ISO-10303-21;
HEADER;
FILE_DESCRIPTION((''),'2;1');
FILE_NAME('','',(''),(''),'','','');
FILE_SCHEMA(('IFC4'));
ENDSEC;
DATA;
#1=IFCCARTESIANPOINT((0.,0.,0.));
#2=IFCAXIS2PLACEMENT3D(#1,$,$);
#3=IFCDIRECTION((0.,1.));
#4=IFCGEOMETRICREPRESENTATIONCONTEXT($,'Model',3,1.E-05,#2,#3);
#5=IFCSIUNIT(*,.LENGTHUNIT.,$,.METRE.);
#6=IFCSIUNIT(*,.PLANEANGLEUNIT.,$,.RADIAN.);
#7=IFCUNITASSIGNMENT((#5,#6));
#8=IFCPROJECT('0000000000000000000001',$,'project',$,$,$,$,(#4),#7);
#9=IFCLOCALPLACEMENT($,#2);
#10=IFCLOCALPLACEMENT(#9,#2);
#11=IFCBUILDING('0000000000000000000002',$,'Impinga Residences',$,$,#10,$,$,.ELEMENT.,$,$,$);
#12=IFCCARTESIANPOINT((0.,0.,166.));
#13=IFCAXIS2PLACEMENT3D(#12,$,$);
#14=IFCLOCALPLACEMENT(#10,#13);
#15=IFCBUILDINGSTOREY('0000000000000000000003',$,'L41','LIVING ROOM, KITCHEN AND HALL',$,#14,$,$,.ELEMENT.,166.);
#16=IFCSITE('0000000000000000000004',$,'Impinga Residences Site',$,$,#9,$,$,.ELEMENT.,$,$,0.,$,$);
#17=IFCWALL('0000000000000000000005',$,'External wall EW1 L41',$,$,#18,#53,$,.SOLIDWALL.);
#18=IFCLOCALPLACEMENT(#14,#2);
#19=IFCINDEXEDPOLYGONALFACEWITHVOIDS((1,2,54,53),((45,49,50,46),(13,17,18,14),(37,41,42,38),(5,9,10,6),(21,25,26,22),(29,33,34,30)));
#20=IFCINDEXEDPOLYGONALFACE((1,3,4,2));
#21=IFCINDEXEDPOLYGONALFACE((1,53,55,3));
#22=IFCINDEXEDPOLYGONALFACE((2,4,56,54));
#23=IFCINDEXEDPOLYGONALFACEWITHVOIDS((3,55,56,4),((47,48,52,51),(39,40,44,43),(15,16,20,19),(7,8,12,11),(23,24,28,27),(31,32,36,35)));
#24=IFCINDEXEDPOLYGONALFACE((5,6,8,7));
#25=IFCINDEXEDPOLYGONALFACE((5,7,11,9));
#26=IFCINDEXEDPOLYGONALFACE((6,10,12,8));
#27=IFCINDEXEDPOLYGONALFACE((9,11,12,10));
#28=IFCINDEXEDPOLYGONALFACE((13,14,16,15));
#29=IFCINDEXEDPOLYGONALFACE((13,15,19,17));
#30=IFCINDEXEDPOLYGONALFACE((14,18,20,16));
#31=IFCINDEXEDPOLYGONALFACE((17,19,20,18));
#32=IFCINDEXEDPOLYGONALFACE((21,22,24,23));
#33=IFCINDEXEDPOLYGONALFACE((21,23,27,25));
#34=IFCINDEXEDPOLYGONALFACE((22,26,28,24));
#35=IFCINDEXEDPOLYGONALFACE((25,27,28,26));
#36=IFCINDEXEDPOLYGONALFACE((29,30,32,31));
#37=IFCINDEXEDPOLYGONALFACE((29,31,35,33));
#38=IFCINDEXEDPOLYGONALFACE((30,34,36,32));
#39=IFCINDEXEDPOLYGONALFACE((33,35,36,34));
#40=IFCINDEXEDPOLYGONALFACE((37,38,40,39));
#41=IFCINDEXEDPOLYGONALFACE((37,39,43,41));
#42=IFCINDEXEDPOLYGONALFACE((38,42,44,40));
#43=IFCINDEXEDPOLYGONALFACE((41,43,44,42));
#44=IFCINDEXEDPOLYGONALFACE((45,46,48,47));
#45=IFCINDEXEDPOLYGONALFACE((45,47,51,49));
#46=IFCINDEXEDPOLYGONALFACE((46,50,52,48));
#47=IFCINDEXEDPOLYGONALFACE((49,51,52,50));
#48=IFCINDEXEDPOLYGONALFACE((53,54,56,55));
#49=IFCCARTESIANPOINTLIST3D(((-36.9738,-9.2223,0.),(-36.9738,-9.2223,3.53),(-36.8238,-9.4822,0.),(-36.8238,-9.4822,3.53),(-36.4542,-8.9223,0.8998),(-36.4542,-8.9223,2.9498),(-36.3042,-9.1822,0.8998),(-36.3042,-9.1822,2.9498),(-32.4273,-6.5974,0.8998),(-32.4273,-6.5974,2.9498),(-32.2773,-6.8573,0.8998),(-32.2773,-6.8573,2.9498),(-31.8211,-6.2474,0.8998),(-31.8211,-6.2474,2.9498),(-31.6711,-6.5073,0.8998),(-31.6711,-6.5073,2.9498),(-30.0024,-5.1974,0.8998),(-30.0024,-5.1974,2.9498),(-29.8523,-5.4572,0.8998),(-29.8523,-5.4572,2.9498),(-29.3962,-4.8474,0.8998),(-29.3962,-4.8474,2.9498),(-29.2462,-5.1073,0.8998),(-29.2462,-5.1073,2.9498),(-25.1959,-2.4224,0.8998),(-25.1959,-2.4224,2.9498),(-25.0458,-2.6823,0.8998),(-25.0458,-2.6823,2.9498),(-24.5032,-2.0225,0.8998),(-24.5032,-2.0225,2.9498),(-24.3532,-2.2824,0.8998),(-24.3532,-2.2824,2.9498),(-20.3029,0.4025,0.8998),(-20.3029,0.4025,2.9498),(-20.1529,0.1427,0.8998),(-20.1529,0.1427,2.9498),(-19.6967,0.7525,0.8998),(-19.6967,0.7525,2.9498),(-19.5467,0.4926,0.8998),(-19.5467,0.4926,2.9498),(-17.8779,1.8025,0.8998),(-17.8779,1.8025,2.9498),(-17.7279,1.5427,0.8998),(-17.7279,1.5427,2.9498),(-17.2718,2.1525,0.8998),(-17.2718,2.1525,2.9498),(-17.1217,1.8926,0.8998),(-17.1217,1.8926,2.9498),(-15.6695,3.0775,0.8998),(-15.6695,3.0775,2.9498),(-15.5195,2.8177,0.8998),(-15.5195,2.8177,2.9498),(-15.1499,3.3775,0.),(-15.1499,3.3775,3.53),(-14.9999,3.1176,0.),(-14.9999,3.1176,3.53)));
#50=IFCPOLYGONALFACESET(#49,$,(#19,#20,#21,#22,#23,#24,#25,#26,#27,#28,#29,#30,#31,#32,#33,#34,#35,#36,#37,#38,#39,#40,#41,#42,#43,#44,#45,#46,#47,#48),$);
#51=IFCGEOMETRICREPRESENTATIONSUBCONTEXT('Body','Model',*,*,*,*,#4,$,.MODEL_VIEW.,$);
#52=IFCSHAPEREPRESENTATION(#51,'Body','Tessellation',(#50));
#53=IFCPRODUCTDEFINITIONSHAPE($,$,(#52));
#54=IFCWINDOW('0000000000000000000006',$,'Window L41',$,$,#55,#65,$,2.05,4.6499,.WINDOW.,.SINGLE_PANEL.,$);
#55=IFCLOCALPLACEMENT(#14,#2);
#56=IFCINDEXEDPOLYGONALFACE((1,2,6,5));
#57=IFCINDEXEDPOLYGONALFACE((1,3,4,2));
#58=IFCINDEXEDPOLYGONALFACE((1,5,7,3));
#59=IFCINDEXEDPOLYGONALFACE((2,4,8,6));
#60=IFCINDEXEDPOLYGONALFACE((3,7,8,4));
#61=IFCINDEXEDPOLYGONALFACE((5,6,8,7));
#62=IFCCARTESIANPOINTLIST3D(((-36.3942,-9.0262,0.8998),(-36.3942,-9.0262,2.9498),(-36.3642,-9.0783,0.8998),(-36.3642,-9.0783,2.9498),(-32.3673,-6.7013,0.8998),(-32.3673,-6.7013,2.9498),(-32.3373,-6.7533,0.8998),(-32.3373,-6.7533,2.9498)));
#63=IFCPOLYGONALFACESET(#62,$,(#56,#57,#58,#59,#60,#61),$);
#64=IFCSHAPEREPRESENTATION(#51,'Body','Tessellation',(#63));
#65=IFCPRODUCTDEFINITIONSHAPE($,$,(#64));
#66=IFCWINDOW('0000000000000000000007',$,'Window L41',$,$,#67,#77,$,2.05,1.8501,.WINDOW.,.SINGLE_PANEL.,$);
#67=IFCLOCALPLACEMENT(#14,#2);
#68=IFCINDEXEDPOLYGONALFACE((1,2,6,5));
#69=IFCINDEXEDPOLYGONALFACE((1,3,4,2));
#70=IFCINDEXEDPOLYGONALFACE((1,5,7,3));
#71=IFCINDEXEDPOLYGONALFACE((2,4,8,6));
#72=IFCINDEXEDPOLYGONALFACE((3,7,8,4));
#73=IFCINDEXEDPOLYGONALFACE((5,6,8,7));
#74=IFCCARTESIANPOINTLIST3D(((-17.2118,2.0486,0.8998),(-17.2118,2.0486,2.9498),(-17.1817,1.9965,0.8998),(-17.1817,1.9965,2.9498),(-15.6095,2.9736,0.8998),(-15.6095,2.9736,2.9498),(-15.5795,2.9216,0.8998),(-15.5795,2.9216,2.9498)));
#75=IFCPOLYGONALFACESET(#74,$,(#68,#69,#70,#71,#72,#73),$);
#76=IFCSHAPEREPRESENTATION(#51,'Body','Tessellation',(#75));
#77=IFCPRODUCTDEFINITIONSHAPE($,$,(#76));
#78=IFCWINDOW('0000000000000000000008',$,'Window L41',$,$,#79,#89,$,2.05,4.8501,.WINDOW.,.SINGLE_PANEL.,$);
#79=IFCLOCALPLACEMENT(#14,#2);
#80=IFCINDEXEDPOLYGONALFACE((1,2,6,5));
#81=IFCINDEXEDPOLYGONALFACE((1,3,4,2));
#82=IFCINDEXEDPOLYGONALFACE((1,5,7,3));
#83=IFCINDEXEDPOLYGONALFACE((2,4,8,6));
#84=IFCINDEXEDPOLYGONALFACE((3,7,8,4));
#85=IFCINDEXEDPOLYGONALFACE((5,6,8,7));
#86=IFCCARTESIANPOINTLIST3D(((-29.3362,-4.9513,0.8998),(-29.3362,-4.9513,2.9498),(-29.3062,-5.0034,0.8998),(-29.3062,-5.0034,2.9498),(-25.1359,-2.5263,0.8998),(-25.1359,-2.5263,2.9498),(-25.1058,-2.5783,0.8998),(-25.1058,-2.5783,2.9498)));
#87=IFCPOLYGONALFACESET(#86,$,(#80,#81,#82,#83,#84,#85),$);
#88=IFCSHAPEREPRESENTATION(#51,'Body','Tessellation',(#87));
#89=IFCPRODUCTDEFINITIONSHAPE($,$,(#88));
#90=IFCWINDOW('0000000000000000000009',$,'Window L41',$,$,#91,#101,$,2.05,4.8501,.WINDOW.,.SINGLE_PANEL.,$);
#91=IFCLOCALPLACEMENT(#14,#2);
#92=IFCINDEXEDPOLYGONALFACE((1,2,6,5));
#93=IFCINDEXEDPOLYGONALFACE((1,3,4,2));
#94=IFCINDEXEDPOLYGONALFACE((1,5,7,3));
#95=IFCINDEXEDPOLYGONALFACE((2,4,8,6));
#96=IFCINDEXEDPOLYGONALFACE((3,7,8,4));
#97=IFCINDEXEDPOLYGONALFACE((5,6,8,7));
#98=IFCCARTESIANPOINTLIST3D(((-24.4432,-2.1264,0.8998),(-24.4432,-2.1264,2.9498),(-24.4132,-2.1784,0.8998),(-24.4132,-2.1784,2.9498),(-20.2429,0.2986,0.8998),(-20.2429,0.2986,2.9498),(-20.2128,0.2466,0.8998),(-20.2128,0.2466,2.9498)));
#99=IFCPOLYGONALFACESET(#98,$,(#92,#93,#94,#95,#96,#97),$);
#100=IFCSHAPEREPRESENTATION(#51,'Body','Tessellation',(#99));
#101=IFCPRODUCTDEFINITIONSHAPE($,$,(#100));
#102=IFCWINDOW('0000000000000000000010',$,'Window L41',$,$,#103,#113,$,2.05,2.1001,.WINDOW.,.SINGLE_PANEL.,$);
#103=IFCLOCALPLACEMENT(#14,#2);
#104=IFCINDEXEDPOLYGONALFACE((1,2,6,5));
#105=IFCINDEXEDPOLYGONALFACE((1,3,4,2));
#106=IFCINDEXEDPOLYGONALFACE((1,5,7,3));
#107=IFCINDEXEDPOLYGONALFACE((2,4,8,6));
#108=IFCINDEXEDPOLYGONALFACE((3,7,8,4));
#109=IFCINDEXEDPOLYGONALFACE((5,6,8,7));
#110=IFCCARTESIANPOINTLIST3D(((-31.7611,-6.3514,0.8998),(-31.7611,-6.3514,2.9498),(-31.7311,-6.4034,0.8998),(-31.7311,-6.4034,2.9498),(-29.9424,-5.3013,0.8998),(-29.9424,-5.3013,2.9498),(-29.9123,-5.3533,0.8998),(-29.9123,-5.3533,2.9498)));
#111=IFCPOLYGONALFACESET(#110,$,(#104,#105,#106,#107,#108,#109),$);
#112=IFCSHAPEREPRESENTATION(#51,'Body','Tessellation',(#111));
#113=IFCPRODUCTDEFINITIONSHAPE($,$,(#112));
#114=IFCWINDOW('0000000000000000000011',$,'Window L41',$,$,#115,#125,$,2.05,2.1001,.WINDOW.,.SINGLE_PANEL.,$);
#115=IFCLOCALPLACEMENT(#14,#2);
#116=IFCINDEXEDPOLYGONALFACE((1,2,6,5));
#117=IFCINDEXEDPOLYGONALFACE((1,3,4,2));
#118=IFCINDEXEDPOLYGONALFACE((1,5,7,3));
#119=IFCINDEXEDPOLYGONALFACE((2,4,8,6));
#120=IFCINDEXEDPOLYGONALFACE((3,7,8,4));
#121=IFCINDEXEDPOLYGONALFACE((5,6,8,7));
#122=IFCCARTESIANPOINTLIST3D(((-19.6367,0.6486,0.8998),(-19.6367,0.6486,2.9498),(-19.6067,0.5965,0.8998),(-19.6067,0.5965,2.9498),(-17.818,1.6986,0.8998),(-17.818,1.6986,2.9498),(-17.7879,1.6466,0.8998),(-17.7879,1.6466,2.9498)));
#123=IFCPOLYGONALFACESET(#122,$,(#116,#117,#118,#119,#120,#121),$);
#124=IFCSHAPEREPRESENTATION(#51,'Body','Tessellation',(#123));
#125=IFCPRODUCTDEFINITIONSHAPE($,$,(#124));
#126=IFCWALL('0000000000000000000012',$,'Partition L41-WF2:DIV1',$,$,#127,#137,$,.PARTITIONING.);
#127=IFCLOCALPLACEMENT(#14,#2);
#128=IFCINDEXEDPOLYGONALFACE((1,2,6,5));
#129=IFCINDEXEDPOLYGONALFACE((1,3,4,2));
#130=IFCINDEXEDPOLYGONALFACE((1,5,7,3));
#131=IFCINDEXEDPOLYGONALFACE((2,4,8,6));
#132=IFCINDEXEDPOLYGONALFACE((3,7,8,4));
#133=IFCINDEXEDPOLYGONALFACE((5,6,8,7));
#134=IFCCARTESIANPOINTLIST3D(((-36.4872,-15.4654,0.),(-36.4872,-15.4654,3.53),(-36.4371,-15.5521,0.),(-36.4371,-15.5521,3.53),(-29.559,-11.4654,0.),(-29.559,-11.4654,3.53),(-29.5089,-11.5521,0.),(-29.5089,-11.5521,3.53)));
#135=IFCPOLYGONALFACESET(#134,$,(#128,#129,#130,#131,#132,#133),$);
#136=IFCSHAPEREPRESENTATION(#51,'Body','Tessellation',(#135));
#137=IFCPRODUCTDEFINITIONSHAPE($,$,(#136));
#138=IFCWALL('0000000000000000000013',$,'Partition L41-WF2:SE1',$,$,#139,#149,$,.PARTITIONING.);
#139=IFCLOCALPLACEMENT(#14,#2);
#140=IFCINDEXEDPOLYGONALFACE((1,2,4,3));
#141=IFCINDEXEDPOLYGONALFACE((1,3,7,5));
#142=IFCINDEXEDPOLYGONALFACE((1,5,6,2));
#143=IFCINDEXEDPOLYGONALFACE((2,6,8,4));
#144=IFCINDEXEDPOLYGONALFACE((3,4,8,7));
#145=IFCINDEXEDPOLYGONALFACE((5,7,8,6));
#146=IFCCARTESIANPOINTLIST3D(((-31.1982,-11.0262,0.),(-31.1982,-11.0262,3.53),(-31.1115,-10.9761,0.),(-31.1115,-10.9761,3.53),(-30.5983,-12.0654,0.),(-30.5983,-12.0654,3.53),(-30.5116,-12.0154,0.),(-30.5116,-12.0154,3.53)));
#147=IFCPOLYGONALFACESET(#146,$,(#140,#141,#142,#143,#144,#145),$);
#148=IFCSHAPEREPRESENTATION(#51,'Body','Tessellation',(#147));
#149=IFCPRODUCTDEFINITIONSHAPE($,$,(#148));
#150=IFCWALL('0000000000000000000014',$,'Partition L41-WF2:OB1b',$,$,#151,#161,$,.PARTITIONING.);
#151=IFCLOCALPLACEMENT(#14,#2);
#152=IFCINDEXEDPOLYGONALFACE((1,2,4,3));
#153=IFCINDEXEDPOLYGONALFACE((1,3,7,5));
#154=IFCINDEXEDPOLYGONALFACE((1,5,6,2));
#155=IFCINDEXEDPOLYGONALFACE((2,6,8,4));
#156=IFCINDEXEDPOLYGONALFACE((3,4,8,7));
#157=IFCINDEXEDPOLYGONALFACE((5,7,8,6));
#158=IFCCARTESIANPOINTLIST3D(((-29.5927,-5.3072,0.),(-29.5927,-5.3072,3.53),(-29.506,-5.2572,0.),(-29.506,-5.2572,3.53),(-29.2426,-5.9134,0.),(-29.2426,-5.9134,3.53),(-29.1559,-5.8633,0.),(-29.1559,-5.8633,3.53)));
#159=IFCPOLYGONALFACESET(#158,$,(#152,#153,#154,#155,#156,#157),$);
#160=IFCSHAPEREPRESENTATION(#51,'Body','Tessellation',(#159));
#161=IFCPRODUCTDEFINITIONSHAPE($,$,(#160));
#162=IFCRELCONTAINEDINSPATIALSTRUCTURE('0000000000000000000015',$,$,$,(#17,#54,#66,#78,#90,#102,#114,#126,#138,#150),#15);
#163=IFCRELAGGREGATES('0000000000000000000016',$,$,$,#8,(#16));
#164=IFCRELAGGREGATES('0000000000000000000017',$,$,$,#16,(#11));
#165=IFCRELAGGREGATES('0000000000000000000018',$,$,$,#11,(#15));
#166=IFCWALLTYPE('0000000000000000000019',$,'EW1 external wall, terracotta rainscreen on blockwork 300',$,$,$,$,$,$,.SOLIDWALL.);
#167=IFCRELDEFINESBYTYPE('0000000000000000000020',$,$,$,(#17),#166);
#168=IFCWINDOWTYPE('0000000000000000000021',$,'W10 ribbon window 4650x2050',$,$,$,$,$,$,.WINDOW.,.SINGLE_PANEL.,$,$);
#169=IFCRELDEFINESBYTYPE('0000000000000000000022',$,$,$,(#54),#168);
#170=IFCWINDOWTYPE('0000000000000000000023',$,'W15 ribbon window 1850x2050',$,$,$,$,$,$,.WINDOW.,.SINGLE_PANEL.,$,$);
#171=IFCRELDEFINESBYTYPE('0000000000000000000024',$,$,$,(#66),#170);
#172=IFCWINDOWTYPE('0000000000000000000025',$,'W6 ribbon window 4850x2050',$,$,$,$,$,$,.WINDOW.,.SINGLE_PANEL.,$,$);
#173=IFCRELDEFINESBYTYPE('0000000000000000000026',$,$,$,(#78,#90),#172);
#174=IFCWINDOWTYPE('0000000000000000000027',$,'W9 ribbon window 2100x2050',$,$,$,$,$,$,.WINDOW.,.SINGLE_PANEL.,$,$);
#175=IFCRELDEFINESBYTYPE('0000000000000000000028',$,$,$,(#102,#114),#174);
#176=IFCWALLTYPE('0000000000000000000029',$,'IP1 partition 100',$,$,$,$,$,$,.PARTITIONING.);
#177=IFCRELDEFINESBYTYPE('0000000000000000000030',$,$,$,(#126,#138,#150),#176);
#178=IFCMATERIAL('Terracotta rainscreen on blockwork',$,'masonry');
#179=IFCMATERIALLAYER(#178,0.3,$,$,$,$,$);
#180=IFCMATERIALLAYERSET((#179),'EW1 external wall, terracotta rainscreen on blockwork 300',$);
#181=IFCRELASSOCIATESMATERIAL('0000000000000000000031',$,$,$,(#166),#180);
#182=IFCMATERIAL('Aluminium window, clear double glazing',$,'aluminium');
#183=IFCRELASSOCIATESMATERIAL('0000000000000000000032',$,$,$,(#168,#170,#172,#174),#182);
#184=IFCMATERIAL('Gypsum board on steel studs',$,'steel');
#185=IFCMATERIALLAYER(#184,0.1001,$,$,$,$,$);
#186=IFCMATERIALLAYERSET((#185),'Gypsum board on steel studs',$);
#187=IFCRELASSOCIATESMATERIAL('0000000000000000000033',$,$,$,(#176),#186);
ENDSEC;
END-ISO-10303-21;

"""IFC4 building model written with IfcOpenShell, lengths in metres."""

from ifc_helpers import new_model, si_unit, direction, frame, frame_2d, origin, place, context, subcontext, project, spatial, rectangle, extrude, material, layer, layer_set, type_object, element, fill, save


model = new_model("IFC4")

# Units and contexts
model_context = context("Model", 3, precision=1e-05, world=origin(), true_north=direction((0.0, 1.0)))
body_context = subcontext(model_context, "Body", "Model", "MODEL_VIEW")
ifc_project = project(units=[si_unit("LENGTHUNIT", "METRE"), si_unit("PLANEANGLEUNIT", "RADIAN")], contexts=[model_context])

# Site, building, storey
site_placement = place(None, origin())
site = spatial("IfcSite", under=ifc_project, at=site_placement, Name="Impinga Residences Site", CompositionType="ELEMENT", RefElevation=0.0)
building_placement = place(site_placement, origin())
building = spatial("IfcBuilding", under=site, at=building_placement, Name="Impinga Residences", CompositionType="ELEMENT")
storey_placement = place(building_placement, frame((0.0, 0.0, 166.0)))
storey = spatial("IfcBuildingStorey", under=building, at=storey_placement, Name="L41", Description="LIVING ROOM, KITCHEN AND HALL", CompositionType="ELEMENT", Elevation=166.0)

# Shared definitions
ifc_material_1 = material(Name="Terracotta rainscreen on blockwork", Category="masonry")
ifc_layer_1 = layer(ifc_material_1, 0.3)
ifc_layer_set_1 = layer_set([ifc_layer_1], Name="EW1 external wall, terracotta rainscreen on blockwork 300")
wall_type_1 = type_object("IfcWallType", Name="EW1 external wall, terracotta rainscreen on blockwork 300", PredefinedType="SOLIDWALL", material=ifc_layer_set_1)

# Wall, openings, windows
wall_1_placement = place(storey_placement, frame((-36.8989, -9.3523, 0.0), z_axis=(0.0, 0.0, 1.0), x_axis=(0.866029, 0.499993, 0.0)))
wall_1 = element("IfcWall", 1, at=wall_1_placement, inside=storey, type_object=wall_type_1, Name="External wall EW1 L41", PredefinedType="SOLIDWALL", context=body_context, shape_type="SweptSolid", body=[
    extrude(rectangle(XDim=25.2, YDim=0.3, at=frame_2d((12.6001, 0.0))), origin(), (0.0, 0.0, 1.0), 3.53),
])
opening_1_placement = place(wall_1_placement, frame((0.6001, 0.0, 0.8999)))
opening_1 = element("IfcOpeningElement", 2, at=opening_1_placement, cuts=wall_1, PredefinedType="OPENING", context=body_context, shape_type="SweptSolid", body=[
    extrude(rectangle(XDim=4.6499, YDim=2.05, at=frame_2d((2.325, 1.0249))), frame((0.0, 0.1599, 0.0), z_axis=(0.0, -1.0, 0.0), x_axis=(1.0, 0.0, 0.0)), (0.0, 0.0, 1.0), 0.3201),
])
opening_2_placement = place(wall_1_placement, frame((5.95, 0.0, 0.8999)))
opening_2 = element("IfcOpeningElement", 3, at=opening_2_placement, cuts=wall_1, PredefinedType="OPENING", context=body_context, shape_type="SweptSolid", body=[
    extrude(rectangle(XDim=2.1001, YDim=2.05, at=frame_2d((1.05, 1.0249))), frame((0.0, 0.1599, 0.0), z_axis=(0.0, -1.0, 0.0), x_axis=(1.0, 0.0, 0.0)), (0.0, 0.0, 1.0), 0.3201),
])
opening_3_placement = place(wall_1_placement, frame((8.75, 0.0, 0.8999)))
opening_3 = element("IfcOpeningElement", 4, at=opening_3_placement, cuts=wall_1, PredefinedType="OPENING", context=body_context, shape_type="SweptSolid", body=[
    extrude(rectangle(XDim=4.8501, YDim=2.05, at=frame_2d((2.425, 1.0249))), frame((0.0, 0.1599, 0.0), z_axis=(0.0, -1.0, 0.0), x_axis=(1.0, 0.0, 0.0)), (0.0, 0.0, 1.0), 0.3201),
])
opening_4_placement = place(wall_1_placement, frame((14.3999, 0.0, 0.8999)))
opening_4 = element("IfcOpeningElement", 5, at=opening_4_placement, cuts=wall_1, PredefinedType="OPENING", context=body_context, shape_type="SweptSolid", body=[
    extrude(rectangle(XDim=4.8501, YDim=2.05, at=frame_2d((2.425, 1.0249))), frame((0.0, 0.1599, 0.0), z_axis=(0.0, -1.0, 0.0), x_axis=(1.0, 0.0, 0.0)), (0.0, 0.0, 1.0), 0.3201),
])
opening_5_placement = place(wall_1_placement, frame((19.95, 0.0, 0.8999)))
opening_5 = element("IfcOpeningElement", 6, at=opening_5_placement, cuts=wall_1, PredefinedType="OPENING", context=body_context, shape_type="SweptSolid", body=[
    extrude(rectangle(XDim=2.1001, YDim=2.05, at=frame_2d((1.05, 1.0249))), frame((0.0, 0.1599, 0.0), z_axis=(0.0, -1.0, 0.0), x_axis=(1.0, 0.0, 0.0)), (0.0, 0.0, 1.0), 0.3201),
])
opening_6_placement = place(wall_1_placement, frame((22.75, 0.0, 0.8999)))
opening_6 = element("IfcOpeningElement", 7, at=opening_6_placement, cuts=wall_1, PredefinedType="OPENING", context=body_context, shape_type="SweptSolid", body=[
    extrude(rectangle(XDim=1.8501, YDim=2.05, at=frame_2d((0.925, 1.0249))), frame((0.0, 0.1599, 0.0), z_axis=(0.0, -1.0, 0.0), x_axis=(1.0, 0.0, 0.0)), (0.0, 0.0, 1.0), 0.3201),
])
ifc_material_2 = material(Name="Aluminium window, clear double glazing", Category="aluminium")
window_type_1 = type_object("IfcWindowType", Name="W10 ribbon window 4650x2050", PartitioningType="SINGLE_PANEL", PredefinedType="WINDOW", material=ifc_material_2)
window_1_placement = place(opening_1_placement, origin())
window_1 = element("IfcWindow", 8, at=window_1_placement, inside=storey, type_object=window_type_1, Name="Window L41", OverallHeight=2.05, OverallWidth=4.6499, PartitioningType="SINGLE_PANEL", PredefinedType="WINDOW", context=body_context, shape_type="SweptSolid", body=[
    extrude(rectangle(XDim=4.6499, YDim=2.05, at=frame_2d((2.325, 1.0249))), frame((0.0, 0.03, 0.0), z_axis=(0.0, -1.0, 0.0), x_axis=(1.0, 0.0, 0.0)), (0.0, 0.0, 1.0), 0.0601),
])
fill(opening_1, window_1)
window_type_2 = type_object("IfcWindowType", Name="W15 ribbon window 1850x2050", PartitioningType="SINGLE_PANEL", PredefinedType="WINDOW", material=ifc_material_2)
window_2_placement = place(opening_6_placement, origin())
window_2 = element("IfcWindow", 9, at=window_2_placement, inside=storey, type_object=window_type_2, Name="Window L41", OverallHeight=2.05, OverallWidth=1.8501, PartitioningType="SINGLE_PANEL", PredefinedType="WINDOW", context=body_context, shape_type="SweptSolid", body=[
    extrude(rectangle(XDim=1.8501, YDim=2.05, at=frame_2d((0.925, 1.0249))), frame((0.0, 0.03, 0.0), z_axis=(0.0, -1.0, 0.0), x_axis=(1.0, 0.0, 0.0)), (0.0, 0.0, 1.0), 0.0601),
])
fill(opening_6, window_2)
window_type_3 = type_object("IfcWindowType", Name="W6 ribbon window 4850x2050", PartitioningType="SINGLE_PANEL", PredefinedType="WINDOW", material=ifc_material_2)
window_3_placement = place(opening_3_placement, origin())
window_3 = element("IfcWindow", 10, at=window_3_placement, inside=storey, type_object=window_type_3, Name="Window L41", OverallHeight=2.05, OverallWidth=4.8501, PartitioningType="SINGLE_PANEL", PredefinedType="WINDOW", context=body_context, shape_type="SweptSolid", body=[
    extrude(rectangle(XDim=4.8501, YDim=2.05, at=frame_2d((2.425, 1.0249))), frame((0.0, 0.03, 0.0), z_axis=(0.0, -1.0, 0.0), x_axis=(1.0, 0.0, 0.0)), (0.0, 0.0, 1.0), 0.0601),
])
fill(opening_3, window_3)
window_4_placement = place(opening_4_placement, origin())
window_4 = element("IfcWindow", 11, at=window_4_placement, inside=storey, type_object=window_type_3, Name="Window L41", OverallHeight=2.05, OverallWidth=4.8501, PartitioningType="SINGLE_PANEL", PredefinedType="WINDOW", context=body_context, shape_type="SweptSolid", body=[
    extrude(rectangle(XDim=4.8501, YDim=2.05, at=frame_2d((2.425, 1.0249))), frame((0.0, 0.03, 0.0), z_axis=(0.0, -1.0, 0.0), x_axis=(1.0, 0.0, 0.0)), (0.0, 0.0, 1.0), 0.0601),
])
fill(opening_4, window_4)
window_type_4 = type_object("IfcWindowType", Name="W9 ribbon window 2100x2050", PartitioningType="SINGLE_PANEL", PredefinedType="WINDOW", material=ifc_material_2)
window_5_placement = place(opening_2_placement, origin())
window_5 = element("IfcWindow", 12, at=window_5_placement, inside=storey, type_object=window_type_4, Name="Window L41", OverallHeight=2.05, OverallWidth=2.1001, PartitioningType="SINGLE_PANEL", PredefinedType="WINDOW", context=body_context, shape_type="SweptSolid", body=[
    extrude(rectangle(XDim=2.1001, YDim=2.05, at=frame_2d((1.05, 1.0249))), frame((0.0, 0.03, 0.0), z_axis=(0.0, -1.0, 0.0), x_axis=(1.0, 0.0, 0.0)), (0.0, 0.0, 1.0), 0.0601),
])
fill(opening_2, window_5)
window_6_placement = place(opening_5_placement, origin())
window_6 = element("IfcWindow", 13, at=window_6_placement, inside=storey, type_object=window_type_4, Name="Window L41", OverallHeight=2.05, OverallWidth=2.1001, PartitioningType="SINGLE_PANEL", PredefinedType="WINDOW", context=body_context, shape_type="SweptSolid", body=[
    extrude(rectangle(XDim=2.1001, YDim=2.05, at=frame_2d((1.05, 1.0249))), frame((0.0, 0.03, 0.0), z_axis=(0.0, -1.0, 0.0), x_axis=(1.0, 0.0, 0.0)), (0.0, 0.0, 1.0), 0.0601),
])
fill(opening_5, window_6)

# Walls
ifc_material_3 = material(Name="Gypsum board on steel studs", Category="steel")
ifc_layer_2 = layer(ifc_material_3, 0.1001)
ifc_layer_set_2 = layer_set([ifc_layer_2], Name="Gypsum board on steel studs")
wall_type_2 = type_object("IfcWallType", Name="IP1 partition 100", PredefinedType="PARTITIONING", material=ifc_layer_set_2)
wall_2_placement = place(storey_placement, frame((-29.5339, -11.5088, 0.0), z_axis=(0.0, 0.0, 1.0), x_axis=(-0.866026, -0.499999, 0.0)))
element("IfcWall", 14, at=wall_2_placement, inside=storey, type_object=wall_type_2, Name="Partition L41-WF2:DIV1", PredefinedType="PARTITIONING", context=body_context, shape_type="SweptSolid", body=[
    extrude(rectangle(XDim=8.0, YDim=0.1001, at=frame_2d((4.0, 0.0))), origin(), (0.0, 0.0, 1.0), 3.53),
])
wall_3_placement = place(storey_placement, frame((-30.5549, -12.0405, 0.0), z_axis=(0.0, 0.0, 1.0), x_axis=(-0.499881, 0.866094, 0.0)))
element("IfcWall", 15, at=wall_3_placement, inside=storey, type_object=wall_type_2, Name="Partition L41-WF2:SE1", PredefinedType="PARTITIONING", context=body_context, shape_type="SweptSolid", body=[
    extrude(rectangle(XDim=1.2, YDim=0.1001, at=frame_2d((0.6001, 0.0))), origin(), (0.0, 0.0, 1.0), 3.53),
])
wall_4_placement = place(storey_placement, frame((-29.1992, -5.8884, 0.0), z_axis=(0.0, 0.0, 1.0), x_axis=(-0.500115, 0.865959, 0.0)))
element("IfcWall", 16, at=wall_4_placement, inside=storey, type_object=wall_type_2, Name="Partition L41-WF2:OB1b", PredefinedType="PARTITIONING", context=body_context, shape_type="SweptSolid", body=[
    extrude(rectangle(XDim=0.7, YDim=0.1001, at=frame_2d((0.3501, 0.0))), origin(), (0.0, 0.0, 1.0), 3.53),
])

save(model, "model.ifc")
